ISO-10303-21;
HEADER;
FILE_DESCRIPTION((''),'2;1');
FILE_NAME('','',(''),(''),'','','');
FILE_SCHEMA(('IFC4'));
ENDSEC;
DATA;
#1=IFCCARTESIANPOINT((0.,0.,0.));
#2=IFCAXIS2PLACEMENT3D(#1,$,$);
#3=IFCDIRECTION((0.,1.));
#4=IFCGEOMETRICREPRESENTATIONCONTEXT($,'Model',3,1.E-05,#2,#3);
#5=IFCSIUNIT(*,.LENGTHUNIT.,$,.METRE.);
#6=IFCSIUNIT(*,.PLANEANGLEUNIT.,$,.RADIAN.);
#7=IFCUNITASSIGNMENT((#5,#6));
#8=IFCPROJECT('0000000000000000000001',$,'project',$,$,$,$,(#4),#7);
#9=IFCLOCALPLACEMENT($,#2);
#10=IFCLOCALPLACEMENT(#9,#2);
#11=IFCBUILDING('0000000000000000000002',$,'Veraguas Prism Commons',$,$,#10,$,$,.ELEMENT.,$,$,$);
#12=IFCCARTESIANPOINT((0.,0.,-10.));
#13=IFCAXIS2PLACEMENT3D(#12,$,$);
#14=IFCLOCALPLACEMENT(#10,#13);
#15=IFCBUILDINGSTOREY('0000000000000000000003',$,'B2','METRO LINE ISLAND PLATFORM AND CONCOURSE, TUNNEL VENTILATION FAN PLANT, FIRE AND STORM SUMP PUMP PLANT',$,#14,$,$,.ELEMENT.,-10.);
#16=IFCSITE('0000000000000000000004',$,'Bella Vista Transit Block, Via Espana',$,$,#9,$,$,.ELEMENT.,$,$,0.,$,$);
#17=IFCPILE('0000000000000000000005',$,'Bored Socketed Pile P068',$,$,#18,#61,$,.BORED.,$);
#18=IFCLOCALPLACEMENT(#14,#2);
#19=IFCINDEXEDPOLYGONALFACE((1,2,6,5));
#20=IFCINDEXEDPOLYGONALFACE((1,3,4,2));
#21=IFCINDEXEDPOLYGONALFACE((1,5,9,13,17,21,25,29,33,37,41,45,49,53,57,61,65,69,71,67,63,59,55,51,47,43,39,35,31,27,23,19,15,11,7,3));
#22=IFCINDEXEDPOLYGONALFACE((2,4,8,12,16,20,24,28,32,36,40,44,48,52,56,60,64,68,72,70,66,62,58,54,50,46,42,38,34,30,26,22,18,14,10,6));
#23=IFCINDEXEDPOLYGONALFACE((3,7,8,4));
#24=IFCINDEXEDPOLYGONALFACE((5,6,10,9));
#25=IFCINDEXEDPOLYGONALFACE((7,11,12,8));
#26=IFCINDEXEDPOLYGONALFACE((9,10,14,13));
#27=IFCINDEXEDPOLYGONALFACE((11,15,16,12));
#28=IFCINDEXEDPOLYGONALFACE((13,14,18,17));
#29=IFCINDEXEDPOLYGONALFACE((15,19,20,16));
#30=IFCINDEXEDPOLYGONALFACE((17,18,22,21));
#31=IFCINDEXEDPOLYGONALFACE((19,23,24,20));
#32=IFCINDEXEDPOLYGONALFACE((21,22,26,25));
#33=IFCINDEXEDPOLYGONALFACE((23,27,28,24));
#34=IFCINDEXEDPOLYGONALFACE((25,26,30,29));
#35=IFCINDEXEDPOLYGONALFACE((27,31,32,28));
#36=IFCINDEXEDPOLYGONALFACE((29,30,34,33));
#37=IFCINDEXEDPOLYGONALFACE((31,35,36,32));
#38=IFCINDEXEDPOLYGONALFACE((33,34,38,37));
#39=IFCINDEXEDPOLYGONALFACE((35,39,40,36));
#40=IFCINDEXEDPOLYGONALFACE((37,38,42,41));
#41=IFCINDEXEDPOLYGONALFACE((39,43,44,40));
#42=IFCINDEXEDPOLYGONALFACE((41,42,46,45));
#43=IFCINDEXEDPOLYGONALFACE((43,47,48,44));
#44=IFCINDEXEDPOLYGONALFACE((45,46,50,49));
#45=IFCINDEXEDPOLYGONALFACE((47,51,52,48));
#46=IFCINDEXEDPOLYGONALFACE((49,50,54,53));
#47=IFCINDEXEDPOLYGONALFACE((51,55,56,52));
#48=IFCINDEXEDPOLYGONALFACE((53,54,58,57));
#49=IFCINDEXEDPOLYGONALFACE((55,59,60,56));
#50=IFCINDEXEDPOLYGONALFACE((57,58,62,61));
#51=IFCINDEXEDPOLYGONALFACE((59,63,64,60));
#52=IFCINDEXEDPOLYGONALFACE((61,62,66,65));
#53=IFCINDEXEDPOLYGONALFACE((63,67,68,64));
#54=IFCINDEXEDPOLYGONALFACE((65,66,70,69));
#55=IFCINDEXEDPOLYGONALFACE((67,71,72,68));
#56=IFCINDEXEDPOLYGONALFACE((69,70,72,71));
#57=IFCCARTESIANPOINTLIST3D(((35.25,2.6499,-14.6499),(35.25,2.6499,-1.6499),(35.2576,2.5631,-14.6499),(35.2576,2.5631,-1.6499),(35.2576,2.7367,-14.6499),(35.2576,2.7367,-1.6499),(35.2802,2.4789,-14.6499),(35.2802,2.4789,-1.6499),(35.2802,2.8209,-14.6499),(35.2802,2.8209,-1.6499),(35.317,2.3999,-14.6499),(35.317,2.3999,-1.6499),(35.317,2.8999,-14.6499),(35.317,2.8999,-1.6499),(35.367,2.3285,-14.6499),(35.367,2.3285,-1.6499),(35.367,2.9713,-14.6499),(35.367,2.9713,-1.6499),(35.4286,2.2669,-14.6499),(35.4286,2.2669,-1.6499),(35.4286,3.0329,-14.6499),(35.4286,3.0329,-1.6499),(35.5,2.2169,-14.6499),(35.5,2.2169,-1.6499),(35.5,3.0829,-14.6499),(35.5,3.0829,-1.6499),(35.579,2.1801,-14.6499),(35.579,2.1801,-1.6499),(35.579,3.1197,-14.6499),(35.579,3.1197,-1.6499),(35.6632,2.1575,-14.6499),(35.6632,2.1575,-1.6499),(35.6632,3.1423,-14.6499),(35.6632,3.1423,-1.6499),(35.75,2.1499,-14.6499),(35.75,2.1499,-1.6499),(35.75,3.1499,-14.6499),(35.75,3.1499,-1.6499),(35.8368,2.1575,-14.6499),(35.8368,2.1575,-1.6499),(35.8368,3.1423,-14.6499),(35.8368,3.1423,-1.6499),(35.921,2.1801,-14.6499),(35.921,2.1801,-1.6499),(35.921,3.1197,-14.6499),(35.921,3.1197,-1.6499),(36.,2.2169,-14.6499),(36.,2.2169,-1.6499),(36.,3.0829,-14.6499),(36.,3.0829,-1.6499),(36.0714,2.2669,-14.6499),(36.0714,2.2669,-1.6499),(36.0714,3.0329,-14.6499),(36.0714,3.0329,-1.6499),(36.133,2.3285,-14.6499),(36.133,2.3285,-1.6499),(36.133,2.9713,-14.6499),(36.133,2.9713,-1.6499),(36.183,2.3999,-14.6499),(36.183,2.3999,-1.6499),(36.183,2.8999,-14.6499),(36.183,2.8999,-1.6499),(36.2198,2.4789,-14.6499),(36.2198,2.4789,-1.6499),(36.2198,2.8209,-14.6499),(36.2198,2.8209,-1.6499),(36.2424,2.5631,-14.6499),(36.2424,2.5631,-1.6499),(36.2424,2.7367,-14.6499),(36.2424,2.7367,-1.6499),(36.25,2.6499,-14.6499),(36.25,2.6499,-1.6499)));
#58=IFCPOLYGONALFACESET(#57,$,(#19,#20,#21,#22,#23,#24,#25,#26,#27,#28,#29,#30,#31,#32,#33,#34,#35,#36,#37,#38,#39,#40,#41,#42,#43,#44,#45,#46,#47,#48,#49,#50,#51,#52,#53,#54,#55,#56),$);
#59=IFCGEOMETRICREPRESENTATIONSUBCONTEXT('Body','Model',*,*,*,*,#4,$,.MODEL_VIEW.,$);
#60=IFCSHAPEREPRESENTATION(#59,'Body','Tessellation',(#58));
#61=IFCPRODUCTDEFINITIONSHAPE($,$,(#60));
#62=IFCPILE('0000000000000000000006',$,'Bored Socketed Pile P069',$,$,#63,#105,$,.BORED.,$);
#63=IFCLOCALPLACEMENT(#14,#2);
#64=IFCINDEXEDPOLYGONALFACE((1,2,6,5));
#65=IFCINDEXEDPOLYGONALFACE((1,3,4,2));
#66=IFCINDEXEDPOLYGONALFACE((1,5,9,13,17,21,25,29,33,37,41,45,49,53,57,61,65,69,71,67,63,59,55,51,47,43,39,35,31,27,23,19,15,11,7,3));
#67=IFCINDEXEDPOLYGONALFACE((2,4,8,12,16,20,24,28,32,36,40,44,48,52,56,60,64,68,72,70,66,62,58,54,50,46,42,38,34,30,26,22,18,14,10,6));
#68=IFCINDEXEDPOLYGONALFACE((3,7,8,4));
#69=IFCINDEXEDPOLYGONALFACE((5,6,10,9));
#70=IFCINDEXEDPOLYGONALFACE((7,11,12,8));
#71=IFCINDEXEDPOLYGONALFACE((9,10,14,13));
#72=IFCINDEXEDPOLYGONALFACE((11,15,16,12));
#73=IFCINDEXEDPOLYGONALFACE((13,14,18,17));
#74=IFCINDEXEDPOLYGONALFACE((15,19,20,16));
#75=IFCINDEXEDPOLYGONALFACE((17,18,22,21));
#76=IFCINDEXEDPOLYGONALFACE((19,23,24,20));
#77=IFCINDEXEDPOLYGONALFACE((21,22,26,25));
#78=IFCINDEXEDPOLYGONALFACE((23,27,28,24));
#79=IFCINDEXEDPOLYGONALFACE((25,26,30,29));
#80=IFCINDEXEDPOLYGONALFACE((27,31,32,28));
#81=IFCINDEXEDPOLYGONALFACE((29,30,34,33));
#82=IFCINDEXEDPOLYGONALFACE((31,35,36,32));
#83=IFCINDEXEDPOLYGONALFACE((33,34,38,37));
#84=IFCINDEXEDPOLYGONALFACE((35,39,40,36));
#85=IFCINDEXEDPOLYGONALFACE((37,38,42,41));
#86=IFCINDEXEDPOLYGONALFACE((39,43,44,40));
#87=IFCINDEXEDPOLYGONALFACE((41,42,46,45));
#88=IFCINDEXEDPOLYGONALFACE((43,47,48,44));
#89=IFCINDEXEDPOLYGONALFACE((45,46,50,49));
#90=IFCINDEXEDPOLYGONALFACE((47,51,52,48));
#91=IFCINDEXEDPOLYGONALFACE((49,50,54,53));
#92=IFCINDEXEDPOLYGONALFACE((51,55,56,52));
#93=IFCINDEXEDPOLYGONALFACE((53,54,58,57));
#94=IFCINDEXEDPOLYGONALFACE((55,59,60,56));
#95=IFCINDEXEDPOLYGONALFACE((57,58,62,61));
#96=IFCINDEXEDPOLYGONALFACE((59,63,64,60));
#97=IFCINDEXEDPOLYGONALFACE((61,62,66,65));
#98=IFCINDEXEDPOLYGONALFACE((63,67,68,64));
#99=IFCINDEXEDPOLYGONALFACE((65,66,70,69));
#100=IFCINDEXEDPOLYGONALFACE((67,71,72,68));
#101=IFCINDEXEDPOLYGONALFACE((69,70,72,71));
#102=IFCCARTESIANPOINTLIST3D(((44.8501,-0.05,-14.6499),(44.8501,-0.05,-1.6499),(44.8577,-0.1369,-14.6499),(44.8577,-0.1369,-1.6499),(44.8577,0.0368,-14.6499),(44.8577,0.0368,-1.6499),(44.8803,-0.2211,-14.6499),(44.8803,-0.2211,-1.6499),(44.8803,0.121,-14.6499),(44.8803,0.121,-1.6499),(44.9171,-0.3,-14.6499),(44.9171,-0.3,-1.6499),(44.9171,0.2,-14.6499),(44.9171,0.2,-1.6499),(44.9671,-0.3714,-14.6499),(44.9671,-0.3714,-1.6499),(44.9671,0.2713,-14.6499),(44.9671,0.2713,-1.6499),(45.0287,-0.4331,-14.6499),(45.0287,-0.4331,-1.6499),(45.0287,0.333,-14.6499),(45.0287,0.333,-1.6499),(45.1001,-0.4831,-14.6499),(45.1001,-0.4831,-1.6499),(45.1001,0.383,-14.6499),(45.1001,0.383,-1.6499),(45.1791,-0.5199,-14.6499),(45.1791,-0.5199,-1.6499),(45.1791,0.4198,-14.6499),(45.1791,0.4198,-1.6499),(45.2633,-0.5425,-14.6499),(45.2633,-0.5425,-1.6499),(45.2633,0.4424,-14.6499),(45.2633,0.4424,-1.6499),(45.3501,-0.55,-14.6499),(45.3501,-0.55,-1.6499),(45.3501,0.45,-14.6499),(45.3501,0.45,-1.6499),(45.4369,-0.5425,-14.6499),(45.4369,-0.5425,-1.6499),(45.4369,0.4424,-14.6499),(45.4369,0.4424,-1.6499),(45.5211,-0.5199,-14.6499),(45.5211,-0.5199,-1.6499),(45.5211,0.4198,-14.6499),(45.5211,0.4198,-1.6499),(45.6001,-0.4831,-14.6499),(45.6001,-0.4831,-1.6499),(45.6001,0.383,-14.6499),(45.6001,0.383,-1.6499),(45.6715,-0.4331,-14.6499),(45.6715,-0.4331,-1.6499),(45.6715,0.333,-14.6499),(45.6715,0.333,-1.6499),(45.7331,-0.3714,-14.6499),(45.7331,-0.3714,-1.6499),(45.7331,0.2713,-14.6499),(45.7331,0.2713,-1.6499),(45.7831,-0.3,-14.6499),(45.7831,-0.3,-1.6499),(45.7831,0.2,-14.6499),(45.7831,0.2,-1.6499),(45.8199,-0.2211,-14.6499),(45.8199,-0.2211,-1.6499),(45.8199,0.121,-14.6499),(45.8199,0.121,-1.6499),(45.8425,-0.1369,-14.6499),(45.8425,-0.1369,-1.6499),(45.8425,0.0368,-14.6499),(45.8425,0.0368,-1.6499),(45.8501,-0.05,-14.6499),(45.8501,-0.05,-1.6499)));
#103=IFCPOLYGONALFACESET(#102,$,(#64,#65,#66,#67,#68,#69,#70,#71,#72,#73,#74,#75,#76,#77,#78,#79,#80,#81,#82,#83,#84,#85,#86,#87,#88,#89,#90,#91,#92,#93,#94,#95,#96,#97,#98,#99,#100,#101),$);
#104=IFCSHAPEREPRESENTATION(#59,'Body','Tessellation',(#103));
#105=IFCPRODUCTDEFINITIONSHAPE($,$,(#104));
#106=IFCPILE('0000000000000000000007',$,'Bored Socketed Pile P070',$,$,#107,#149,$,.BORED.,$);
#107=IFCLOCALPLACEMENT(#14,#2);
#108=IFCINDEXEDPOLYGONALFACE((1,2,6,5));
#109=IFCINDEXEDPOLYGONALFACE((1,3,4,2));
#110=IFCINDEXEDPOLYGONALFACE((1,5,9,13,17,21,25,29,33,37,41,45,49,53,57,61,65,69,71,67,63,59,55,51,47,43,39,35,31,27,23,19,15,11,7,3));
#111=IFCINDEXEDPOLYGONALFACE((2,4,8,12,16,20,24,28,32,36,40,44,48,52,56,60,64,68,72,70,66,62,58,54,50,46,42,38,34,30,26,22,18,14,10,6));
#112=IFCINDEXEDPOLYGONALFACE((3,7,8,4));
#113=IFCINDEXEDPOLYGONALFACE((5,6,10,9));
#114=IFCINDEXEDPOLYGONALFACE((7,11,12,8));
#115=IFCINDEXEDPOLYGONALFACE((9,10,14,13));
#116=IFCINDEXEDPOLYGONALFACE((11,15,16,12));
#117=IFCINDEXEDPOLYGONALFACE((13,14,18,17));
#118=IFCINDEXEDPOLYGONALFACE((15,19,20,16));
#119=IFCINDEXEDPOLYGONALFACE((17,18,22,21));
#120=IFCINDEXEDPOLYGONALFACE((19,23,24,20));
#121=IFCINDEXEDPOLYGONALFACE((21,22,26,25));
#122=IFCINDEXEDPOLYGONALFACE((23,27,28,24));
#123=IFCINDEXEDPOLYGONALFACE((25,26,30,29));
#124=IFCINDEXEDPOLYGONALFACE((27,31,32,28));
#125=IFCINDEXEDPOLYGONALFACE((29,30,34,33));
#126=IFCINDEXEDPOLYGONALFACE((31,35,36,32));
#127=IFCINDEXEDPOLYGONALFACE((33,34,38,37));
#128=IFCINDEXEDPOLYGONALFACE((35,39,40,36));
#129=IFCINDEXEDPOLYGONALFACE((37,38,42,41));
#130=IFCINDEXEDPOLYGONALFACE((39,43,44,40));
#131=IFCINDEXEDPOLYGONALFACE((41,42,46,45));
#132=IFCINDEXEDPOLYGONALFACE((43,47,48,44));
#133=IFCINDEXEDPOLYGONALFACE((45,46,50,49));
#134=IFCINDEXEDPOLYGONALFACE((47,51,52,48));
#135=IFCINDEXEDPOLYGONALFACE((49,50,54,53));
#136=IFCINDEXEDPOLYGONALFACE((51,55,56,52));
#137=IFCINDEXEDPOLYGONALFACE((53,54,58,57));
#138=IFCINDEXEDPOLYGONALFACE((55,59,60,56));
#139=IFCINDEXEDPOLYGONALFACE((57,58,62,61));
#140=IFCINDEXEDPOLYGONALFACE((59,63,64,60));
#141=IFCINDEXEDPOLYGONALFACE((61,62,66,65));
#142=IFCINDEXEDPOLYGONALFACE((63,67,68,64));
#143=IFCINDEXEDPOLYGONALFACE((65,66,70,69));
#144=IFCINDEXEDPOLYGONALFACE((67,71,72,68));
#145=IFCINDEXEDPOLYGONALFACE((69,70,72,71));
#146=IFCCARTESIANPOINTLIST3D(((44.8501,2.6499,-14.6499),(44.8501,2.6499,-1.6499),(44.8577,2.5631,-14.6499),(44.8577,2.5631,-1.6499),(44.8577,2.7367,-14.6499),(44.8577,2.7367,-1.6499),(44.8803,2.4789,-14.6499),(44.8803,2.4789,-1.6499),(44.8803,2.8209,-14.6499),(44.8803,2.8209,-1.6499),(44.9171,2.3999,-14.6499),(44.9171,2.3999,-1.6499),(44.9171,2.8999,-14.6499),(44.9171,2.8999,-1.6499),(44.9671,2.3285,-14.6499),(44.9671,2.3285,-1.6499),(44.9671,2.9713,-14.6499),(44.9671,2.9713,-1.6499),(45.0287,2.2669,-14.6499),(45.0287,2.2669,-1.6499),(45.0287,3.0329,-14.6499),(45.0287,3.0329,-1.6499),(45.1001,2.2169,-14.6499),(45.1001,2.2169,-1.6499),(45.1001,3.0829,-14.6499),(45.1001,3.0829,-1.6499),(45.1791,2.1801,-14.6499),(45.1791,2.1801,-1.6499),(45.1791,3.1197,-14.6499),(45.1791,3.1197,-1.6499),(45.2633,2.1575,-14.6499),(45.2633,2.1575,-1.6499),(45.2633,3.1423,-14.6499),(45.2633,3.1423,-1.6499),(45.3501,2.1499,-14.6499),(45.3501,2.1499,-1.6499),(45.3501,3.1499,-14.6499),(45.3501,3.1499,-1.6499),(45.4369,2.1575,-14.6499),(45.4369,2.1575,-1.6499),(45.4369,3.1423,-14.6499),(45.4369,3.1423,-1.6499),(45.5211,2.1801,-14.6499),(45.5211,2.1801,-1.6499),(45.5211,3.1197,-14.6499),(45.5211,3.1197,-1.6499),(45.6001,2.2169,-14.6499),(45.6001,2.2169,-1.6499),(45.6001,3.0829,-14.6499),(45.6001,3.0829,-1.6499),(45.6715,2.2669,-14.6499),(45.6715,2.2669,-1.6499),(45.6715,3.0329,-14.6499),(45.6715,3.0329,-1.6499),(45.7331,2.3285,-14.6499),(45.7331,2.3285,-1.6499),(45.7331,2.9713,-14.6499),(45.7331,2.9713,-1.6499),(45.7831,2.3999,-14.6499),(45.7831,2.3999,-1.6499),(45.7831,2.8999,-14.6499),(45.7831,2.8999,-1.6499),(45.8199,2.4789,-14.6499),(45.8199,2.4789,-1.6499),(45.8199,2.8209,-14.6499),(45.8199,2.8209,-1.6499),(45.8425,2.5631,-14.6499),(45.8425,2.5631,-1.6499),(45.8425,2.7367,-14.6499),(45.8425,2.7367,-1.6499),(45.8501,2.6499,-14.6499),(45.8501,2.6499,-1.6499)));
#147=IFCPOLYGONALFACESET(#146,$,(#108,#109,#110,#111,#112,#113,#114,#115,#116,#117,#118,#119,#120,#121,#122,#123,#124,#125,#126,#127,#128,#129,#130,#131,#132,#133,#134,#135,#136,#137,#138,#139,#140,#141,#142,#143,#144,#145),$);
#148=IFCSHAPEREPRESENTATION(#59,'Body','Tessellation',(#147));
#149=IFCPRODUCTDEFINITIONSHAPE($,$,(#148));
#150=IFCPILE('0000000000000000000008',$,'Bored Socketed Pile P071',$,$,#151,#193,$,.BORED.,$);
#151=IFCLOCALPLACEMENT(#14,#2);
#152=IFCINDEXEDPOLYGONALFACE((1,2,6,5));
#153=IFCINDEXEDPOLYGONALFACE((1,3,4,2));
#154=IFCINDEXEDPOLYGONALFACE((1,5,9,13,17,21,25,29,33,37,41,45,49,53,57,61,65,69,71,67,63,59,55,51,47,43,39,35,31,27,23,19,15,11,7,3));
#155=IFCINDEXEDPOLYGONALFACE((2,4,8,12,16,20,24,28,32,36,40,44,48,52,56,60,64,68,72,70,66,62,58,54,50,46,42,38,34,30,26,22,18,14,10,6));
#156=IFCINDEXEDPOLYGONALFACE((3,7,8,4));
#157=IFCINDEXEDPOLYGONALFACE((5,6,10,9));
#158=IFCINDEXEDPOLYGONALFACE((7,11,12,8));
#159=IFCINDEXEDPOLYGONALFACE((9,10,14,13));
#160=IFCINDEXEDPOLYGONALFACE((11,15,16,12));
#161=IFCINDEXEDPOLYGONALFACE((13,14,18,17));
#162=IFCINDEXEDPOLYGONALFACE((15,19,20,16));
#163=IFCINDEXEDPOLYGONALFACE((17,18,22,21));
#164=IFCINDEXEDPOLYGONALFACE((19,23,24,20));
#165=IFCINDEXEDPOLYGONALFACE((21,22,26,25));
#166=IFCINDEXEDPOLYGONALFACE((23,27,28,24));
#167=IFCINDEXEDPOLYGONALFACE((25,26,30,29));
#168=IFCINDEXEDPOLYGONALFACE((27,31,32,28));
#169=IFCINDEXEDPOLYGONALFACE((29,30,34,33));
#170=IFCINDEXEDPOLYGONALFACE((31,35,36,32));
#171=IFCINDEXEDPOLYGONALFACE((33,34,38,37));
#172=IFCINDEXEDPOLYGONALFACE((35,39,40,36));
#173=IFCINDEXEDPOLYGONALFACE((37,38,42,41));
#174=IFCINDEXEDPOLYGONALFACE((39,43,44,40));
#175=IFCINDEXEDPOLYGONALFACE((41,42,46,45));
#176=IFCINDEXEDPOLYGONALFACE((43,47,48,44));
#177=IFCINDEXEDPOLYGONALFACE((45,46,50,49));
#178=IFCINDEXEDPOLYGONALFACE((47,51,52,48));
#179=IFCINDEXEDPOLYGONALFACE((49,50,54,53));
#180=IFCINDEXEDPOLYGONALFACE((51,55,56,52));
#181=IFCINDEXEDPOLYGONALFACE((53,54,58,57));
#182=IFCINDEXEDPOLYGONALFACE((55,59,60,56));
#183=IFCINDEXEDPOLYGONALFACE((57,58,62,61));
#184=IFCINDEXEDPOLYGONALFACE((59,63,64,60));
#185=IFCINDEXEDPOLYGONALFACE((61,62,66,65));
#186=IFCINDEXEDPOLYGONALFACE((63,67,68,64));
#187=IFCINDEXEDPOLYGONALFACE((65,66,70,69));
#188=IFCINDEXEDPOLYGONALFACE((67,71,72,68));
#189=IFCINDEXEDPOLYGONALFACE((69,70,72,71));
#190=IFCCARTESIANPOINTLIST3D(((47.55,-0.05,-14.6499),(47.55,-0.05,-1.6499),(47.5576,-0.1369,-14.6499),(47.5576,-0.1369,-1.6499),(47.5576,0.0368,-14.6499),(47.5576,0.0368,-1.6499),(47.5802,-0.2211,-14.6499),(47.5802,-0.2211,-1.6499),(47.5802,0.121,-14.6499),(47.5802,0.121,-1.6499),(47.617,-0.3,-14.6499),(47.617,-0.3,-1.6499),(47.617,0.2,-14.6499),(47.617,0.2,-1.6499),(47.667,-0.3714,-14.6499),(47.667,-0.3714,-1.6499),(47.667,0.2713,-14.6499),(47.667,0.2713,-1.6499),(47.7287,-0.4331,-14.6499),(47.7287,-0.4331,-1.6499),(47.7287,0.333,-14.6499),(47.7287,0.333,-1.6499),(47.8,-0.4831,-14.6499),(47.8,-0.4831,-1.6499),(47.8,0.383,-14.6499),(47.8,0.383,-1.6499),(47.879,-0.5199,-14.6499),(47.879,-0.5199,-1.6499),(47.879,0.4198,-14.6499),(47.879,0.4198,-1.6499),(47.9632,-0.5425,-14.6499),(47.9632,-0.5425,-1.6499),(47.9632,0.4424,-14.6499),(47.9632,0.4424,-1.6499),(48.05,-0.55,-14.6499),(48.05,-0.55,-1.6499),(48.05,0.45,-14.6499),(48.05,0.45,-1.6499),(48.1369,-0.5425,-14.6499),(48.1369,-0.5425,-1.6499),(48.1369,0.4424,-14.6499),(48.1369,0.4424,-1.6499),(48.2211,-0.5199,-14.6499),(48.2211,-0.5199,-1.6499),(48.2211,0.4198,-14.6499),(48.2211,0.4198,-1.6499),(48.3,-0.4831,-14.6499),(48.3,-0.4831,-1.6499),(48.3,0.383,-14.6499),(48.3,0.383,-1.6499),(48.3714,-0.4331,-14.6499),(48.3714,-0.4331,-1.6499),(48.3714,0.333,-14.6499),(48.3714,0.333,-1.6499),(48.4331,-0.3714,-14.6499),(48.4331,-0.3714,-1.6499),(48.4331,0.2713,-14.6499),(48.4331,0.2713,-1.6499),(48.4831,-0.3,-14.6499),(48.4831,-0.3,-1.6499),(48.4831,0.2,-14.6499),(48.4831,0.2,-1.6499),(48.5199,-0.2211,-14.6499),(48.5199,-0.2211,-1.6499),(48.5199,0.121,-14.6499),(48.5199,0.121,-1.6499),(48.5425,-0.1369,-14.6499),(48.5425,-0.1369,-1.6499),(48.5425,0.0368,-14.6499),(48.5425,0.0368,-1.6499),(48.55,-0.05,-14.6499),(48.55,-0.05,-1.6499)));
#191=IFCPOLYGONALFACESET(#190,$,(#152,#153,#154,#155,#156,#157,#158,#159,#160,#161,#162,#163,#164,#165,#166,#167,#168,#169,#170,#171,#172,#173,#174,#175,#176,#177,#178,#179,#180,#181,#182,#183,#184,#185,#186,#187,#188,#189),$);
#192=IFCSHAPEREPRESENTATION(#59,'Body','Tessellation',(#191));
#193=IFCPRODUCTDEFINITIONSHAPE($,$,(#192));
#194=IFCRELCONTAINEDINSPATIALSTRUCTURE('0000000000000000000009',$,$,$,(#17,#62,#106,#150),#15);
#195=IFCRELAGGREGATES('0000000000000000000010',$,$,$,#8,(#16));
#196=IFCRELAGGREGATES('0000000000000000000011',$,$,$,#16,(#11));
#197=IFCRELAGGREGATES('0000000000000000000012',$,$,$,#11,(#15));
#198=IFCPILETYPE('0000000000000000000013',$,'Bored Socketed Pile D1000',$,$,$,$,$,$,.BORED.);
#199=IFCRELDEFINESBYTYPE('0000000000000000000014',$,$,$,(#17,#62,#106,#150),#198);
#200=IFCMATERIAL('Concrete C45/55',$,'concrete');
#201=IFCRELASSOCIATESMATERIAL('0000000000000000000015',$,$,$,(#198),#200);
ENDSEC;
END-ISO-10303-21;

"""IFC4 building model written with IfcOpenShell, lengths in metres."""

from ifc_helpers import new_model, si_unit, direction, frame, origin, origin_2d, place, context, subcontext, project, spatial, circle, extrude, source, transform, mapped, material, material_profile, profile_set, type_object, element, save


model = new_model("IFC4")

# Units and contexts
model_context = context("Model", 3, precision=1e-05, world=origin(), true_north=direction((0.0, 1.0)))
body_context = subcontext(model_context, "Body", "Model", "MODEL_VIEW")
ifc_project = project(units=[si_unit("LENGTHUNIT", "METRE"), si_unit("PLANEANGLEUNIT", "RADIAN")], contexts=[model_context])

# Site, building, storey
site_placement = place(None, origin())
site = spatial("IfcSite", under=ifc_project, at=site_placement, Name="Bella Vista Transit Block, Via Espana", CompositionType="ELEMENT", RefElevation=0.0)
building_placement = place(site_placement, origin())
building = spatial("IfcBuilding", under=site, at=building_placement, Name="Veraguas Prism Commons", CompositionType="ELEMENT")
storey_placement = place(building_placement, frame((0.0, 0.0, -10.0)))
storey = spatial("IfcBuildingStorey", under=building, at=storey_placement, Name="B2", Description="METRO LINE ISLAND PLATFORM AND CONCOURSE, TUNNEL VENTILATION FAN PLANT, FIRE AND STORM SUMP PUMP PLANT", CompositionType="ELEMENT", Elevation=-10.0)

# Shared definitions
ifc_material_1 = material(Name="Concrete C45/55", Category="concrete")

# Piles
ifc_material_profile_1 = material_profile(ifc_material_1, circle(Radius=0.5, at=origin_2d()), Name="PILE1000")
ifc_profile_set_1 = profile_set([ifc_material_profile_1], Name="Concrete C45/55")
pile_type_1 = type_object("IfcPileType", Name="Bored Socketed Pile D1000", PredefinedType="BORED", material=ifc_profile_set_1)
shared_shape_1 = source(origin(), body_context, "Body", "SweptSolid", [
    extrude(circle(Radius=0.5, at=origin_2d()), origin(), (0.0, 0.0, 1.0), 13.0),
])
for number, where, z_axis, x_axis, name in (
    (1, (35.75, 2.6499, -1.6499), (0.0, 0.0, -1.0), (1.0, 0.0, 0.0), "Bored Socketed Pile P068"),
    (2, (45.3501, -0.05, -1.6499), (0.0, 0.0, -1.0), (1.0, 0.0, 0.0), "Bored Socketed Pile P069"),
    (3, (45.3501, 2.6499, -1.6499), (0.0, 0.0, -1.0), (1.0, 0.0, 0.0), "Bored Socketed Pile P070"),
    (4, (48.05, -0.05, -1.6499), (0.0, 0.0, -1.0), (1.0, 0.0, 0.0), "Bored Socketed Pile P071"),
):
    element("IfcPile", number, at=place(storey_placement, frame(where, z_axis=z_axis, x_axis=x_axis)), inside=storey, type_object=pile_type_1, Name=name, PredefinedType="BORED", context=body_context, shape_type="MappedRepresentation", body=[
        mapped(shared_shape_1, transform((0.0, 0.0, 0.0), scale=1.0)),
    ])

save(model, "model.ifc")
